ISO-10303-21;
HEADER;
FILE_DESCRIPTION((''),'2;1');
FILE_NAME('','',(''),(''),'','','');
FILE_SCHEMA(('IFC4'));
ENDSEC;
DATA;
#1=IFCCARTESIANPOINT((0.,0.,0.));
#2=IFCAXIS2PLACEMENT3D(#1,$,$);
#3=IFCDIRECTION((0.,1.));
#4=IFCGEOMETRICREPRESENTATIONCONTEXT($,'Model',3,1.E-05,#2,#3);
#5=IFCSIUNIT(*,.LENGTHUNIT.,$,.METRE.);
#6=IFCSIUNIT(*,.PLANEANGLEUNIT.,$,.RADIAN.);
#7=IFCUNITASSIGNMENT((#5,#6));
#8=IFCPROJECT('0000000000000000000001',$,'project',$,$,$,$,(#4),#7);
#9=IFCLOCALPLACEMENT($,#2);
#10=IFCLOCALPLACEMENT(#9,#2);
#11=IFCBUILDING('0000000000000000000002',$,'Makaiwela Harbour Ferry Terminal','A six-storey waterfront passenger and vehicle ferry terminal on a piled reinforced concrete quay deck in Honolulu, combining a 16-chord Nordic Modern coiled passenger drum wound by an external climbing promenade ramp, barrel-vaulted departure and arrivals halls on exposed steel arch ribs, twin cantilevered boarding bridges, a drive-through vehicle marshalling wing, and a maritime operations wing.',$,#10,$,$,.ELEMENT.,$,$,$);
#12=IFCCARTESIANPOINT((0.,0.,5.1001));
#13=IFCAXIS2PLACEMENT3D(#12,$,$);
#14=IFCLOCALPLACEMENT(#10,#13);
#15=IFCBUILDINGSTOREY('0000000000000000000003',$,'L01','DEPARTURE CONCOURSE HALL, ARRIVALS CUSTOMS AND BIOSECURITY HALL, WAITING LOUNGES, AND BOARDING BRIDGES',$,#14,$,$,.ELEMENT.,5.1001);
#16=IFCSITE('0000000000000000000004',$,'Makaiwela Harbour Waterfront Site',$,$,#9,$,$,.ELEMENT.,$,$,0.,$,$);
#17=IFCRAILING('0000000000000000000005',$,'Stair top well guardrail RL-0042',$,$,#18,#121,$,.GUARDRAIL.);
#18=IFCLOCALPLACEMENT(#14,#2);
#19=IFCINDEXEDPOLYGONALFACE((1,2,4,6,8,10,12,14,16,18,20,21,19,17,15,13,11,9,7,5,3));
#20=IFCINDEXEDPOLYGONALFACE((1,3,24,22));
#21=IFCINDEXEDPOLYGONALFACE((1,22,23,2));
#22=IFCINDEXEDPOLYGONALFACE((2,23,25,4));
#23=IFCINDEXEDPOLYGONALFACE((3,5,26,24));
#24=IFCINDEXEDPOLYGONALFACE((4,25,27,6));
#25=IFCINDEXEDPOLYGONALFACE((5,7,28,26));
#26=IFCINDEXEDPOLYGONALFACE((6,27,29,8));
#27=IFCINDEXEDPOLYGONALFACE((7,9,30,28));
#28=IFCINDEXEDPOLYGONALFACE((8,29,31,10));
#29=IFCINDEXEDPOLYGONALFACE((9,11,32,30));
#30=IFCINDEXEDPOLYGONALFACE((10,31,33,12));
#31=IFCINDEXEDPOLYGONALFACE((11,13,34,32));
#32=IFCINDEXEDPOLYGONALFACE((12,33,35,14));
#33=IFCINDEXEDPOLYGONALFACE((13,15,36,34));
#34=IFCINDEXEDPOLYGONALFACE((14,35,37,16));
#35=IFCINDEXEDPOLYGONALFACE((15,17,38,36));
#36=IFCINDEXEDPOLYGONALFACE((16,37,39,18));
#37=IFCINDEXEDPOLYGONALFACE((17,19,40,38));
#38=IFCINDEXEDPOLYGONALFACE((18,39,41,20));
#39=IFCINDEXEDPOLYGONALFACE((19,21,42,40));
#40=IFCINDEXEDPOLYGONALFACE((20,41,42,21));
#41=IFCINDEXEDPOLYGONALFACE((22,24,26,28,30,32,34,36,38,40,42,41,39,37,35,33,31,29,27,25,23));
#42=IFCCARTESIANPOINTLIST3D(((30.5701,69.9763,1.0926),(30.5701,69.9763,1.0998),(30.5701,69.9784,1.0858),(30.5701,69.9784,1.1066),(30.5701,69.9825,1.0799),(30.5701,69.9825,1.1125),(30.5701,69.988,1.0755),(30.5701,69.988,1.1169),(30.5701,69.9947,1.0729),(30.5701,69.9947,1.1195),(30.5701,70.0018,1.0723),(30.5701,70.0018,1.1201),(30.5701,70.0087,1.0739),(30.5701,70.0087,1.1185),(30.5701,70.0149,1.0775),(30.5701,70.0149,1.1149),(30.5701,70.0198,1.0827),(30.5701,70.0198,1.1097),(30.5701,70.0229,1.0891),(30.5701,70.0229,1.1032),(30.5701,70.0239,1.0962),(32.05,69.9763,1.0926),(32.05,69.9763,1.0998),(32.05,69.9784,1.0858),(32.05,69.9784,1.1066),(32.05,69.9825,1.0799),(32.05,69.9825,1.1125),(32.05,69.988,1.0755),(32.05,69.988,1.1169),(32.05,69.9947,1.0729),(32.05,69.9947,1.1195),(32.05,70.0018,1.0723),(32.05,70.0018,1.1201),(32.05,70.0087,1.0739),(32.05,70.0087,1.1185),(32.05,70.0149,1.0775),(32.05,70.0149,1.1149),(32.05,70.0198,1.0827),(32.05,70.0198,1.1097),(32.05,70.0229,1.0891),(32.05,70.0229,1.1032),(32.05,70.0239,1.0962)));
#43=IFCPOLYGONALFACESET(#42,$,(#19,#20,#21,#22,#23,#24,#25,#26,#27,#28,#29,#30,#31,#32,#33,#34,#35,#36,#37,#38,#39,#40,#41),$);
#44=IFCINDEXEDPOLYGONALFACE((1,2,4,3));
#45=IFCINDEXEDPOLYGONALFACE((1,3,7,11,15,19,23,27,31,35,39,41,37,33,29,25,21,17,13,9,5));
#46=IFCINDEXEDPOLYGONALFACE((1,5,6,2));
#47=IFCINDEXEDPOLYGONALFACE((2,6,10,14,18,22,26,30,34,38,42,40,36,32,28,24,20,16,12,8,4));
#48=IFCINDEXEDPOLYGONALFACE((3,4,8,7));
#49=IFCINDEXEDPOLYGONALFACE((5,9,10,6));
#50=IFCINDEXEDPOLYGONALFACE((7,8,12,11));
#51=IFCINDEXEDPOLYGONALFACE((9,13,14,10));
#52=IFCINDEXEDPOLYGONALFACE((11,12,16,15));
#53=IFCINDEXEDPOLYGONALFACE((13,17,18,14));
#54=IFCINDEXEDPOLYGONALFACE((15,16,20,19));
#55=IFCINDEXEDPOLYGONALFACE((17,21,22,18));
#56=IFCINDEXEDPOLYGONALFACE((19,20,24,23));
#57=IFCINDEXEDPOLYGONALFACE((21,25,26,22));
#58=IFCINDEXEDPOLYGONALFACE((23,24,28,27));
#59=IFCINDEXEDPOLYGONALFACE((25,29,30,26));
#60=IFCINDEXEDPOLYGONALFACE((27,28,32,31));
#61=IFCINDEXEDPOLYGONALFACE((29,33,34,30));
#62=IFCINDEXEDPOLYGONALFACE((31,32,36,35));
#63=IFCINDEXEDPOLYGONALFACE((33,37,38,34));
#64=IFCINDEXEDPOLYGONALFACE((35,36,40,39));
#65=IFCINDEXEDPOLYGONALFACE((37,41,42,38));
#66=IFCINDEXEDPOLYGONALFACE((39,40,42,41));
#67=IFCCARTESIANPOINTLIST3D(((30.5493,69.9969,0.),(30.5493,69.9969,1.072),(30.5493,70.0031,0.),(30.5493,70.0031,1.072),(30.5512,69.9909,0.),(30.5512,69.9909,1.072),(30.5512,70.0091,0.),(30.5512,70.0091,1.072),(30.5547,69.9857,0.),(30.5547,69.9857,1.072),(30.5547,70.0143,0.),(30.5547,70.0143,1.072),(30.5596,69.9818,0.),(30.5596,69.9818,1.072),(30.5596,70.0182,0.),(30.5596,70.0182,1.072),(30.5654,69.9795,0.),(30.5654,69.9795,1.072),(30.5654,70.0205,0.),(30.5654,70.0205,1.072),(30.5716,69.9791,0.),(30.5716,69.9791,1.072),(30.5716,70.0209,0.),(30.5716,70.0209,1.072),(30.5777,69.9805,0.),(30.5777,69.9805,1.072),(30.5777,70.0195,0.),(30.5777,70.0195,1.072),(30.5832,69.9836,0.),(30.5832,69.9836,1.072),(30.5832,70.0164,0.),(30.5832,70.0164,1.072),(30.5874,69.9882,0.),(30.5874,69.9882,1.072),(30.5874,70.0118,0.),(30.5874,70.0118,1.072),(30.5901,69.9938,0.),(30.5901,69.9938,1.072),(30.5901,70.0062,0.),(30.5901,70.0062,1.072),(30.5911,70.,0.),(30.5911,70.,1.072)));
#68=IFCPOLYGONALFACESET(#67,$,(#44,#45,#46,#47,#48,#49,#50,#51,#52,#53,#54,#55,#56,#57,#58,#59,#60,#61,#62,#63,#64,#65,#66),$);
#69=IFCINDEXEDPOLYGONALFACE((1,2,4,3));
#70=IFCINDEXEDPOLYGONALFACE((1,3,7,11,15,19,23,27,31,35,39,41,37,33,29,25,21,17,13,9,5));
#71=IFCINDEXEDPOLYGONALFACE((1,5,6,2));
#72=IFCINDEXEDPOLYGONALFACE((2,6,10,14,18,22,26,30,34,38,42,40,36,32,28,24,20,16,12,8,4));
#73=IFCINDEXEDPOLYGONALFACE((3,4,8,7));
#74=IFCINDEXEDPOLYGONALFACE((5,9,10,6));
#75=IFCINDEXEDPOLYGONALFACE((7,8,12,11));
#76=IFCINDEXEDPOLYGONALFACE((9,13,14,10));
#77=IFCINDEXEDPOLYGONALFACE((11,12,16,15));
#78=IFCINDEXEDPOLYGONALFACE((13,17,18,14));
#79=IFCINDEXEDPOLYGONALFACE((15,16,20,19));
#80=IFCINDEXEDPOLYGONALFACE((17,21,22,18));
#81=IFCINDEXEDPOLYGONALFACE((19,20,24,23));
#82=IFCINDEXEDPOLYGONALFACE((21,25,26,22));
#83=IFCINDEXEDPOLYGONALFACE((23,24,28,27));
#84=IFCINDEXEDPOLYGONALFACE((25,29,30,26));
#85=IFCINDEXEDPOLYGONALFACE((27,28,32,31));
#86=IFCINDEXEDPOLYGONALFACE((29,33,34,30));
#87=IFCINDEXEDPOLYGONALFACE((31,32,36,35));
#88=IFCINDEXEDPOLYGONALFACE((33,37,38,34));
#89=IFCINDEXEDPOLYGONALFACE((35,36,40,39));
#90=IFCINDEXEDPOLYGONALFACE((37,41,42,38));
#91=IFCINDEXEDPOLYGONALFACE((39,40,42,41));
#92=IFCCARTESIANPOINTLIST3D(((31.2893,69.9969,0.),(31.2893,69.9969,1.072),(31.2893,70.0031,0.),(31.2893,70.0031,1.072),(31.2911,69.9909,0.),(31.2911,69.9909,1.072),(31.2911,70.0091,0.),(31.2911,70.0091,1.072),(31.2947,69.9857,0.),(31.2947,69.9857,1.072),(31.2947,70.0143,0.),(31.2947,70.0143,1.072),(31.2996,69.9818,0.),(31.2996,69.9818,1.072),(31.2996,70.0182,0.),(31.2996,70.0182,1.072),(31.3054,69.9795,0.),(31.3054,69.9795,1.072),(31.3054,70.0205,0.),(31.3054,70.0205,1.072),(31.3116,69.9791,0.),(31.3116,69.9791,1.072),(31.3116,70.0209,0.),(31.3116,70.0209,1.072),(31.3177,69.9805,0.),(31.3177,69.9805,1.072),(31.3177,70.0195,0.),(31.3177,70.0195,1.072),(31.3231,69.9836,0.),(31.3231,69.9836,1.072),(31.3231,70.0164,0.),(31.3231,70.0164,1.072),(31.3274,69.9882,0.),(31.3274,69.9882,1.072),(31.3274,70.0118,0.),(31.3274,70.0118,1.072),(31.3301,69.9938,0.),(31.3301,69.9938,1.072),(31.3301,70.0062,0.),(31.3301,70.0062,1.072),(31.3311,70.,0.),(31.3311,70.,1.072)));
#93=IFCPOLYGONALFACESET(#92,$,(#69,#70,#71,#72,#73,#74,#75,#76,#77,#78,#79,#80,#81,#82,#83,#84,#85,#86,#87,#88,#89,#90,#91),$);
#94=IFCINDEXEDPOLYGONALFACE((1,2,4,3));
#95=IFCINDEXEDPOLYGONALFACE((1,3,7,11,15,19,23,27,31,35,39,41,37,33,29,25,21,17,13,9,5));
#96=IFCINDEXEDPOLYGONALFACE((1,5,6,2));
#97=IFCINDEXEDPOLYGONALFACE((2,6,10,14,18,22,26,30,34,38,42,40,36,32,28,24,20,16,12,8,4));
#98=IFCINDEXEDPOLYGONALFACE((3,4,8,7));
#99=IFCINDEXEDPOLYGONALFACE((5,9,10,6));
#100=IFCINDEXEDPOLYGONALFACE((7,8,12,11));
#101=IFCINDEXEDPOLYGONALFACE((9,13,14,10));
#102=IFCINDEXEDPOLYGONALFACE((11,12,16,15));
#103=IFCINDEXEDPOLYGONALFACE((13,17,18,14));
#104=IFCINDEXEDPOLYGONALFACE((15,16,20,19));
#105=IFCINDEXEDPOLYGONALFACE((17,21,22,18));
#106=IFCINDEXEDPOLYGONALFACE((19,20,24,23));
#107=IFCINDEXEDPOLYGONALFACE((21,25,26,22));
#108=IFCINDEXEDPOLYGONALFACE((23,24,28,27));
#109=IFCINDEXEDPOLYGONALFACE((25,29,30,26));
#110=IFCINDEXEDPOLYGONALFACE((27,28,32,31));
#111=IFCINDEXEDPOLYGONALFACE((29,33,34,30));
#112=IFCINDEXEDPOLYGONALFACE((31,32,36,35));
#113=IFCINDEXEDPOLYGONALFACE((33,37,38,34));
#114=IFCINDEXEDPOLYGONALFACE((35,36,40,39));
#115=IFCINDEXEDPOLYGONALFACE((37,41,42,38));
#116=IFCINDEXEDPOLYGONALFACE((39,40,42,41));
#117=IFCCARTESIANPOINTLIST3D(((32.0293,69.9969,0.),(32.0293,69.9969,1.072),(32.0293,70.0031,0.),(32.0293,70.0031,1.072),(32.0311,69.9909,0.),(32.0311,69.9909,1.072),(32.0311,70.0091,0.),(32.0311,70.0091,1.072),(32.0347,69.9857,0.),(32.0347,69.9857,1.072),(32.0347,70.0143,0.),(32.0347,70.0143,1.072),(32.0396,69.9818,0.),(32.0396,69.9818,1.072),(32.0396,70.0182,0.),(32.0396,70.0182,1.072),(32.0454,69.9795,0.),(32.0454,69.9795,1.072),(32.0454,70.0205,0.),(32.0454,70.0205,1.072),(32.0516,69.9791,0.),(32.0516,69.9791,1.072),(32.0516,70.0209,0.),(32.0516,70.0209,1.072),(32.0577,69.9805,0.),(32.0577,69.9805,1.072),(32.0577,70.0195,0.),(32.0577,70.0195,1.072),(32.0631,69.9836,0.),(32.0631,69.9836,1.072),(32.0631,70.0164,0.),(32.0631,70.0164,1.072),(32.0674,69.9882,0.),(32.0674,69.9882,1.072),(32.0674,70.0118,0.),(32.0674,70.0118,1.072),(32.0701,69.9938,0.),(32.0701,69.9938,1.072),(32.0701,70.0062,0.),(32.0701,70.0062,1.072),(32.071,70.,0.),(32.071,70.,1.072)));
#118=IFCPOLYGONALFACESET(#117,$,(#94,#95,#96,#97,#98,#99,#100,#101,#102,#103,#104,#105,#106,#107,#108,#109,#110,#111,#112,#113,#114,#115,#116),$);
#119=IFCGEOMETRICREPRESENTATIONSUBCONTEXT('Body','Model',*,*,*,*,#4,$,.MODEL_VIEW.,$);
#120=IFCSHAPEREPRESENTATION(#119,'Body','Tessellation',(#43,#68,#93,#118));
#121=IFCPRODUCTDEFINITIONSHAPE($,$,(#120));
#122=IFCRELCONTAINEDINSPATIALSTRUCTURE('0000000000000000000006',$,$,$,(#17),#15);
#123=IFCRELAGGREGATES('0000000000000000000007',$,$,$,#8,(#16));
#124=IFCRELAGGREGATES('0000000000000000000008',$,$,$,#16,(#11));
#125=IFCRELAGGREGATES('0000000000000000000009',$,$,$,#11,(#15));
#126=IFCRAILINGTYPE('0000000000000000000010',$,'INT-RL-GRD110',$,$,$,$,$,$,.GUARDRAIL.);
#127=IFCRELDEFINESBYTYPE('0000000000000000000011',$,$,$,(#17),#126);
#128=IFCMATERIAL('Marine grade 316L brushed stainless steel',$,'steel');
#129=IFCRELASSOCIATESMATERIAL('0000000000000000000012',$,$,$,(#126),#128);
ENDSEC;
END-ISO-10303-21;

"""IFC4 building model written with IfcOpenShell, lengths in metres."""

from ifc_helpers import new_model, si_unit, direction, frame, origin, origin_2d, place, context, subcontext, project, spatial, circle, extrude, material, type_object, element, save


model = new_model("IFC4")

# Units and contexts
model_context = context("Model", 3, precision=1e-05, world=origin(), true_north=direction((0.0, 1.0)))
body_context = subcontext(model_context, "Body", "Model", "MODEL_VIEW")
ifc_project = project(units=[si_unit("LENGTHUNIT", "METRE"), si_unit("PLANEANGLEUNIT", "RADIAN")], contexts=[model_context])

# Site, building, storey
site_placement = place(None, origin())
site = spatial("IfcSite", under=ifc_project, at=site_placement, Name="Makaiwela Harbour Waterfront Site", CompositionType="ELEMENT", RefElevation=0.0)
building_placement = place(site_placement, origin())
building = spatial("IfcBuilding", under=site, at=building_placement, Name="Makaiwela Harbour Ferry Terminal", Description="A six-storey waterfront passenger and vehicle ferry terminal on a piled reinforced concrete quay deck in Honolulu, combining a 16-chord Nordic Modern coiled passenger drum wound by an external climbing promenade ramp, barrel-vaulted departure and arrivals halls on exposed steel arch ribs, twin cantilevered boarding bridges, a drive-through vehicle marshalling wing, and a maritime operations wing.", CompositionType="ELEMENT")
storey_placement = place(building_placement, frame((0.0, 0.0, 5.1001)))
storey = spatial("IfcBuildingStorey", under=building, at=storey_placement, Name="L01", Description="DEPARTURE CONCOURSE HALL, ARRIVALS CUSTOMS AND BIOSECURITY HALL, WAITING LOUNGES, AND BOARDING BRIDGES", CompositionType="ELEMENT", Elevation=5.1001)

# Railing
ifc_material_1 = material(Name="Marine grade 316L brushed stainless steel", Category="steel")
railing_type_1 = type_object("IfcRailingType", Name="INT-RL-GRD110", PredefinedType="GUARDRAIL", material=ifc_material_1)
railing_1_placement = place(storey_placement, frame((30.5701, 70.0, 0.0)))
element("IfcRailing", 1, at=railing_1_placement, inside=storey, type_object=railing_type_1, Name="Stair top well guardrail RL-0042", PredefinedType="GUARDRAIL", context=body_context, shape_type="SweptSolid", body=[
    extrude(circle(Radius=0.0239, at=origin_2d()), frame((0.0, 0.0, 1.0962), z_axis=(1.0, 0.0, 0.0), x_axis=(0.0, 1.0, 0.0)), (0.0, 0.0, 1.0), 1.48),
    extrude(circle(Radius=0.021, at=origin_2d()), origin(), (0.0, 0.0, 1.0), 1.072),
    extrude(circle(Radius=0.021, at=origin_2d()), frame((0.74, 0.0, 0.0)), (0.0, 0.0, 1.0), 1.072),
    extrude(circle(Radius=0.021, at=origin_2d()), frame((1.48, 0.0, 0.0)), (0.0, 0.0, 1.0), 1.072),
])

save(model, "model.ifc")
